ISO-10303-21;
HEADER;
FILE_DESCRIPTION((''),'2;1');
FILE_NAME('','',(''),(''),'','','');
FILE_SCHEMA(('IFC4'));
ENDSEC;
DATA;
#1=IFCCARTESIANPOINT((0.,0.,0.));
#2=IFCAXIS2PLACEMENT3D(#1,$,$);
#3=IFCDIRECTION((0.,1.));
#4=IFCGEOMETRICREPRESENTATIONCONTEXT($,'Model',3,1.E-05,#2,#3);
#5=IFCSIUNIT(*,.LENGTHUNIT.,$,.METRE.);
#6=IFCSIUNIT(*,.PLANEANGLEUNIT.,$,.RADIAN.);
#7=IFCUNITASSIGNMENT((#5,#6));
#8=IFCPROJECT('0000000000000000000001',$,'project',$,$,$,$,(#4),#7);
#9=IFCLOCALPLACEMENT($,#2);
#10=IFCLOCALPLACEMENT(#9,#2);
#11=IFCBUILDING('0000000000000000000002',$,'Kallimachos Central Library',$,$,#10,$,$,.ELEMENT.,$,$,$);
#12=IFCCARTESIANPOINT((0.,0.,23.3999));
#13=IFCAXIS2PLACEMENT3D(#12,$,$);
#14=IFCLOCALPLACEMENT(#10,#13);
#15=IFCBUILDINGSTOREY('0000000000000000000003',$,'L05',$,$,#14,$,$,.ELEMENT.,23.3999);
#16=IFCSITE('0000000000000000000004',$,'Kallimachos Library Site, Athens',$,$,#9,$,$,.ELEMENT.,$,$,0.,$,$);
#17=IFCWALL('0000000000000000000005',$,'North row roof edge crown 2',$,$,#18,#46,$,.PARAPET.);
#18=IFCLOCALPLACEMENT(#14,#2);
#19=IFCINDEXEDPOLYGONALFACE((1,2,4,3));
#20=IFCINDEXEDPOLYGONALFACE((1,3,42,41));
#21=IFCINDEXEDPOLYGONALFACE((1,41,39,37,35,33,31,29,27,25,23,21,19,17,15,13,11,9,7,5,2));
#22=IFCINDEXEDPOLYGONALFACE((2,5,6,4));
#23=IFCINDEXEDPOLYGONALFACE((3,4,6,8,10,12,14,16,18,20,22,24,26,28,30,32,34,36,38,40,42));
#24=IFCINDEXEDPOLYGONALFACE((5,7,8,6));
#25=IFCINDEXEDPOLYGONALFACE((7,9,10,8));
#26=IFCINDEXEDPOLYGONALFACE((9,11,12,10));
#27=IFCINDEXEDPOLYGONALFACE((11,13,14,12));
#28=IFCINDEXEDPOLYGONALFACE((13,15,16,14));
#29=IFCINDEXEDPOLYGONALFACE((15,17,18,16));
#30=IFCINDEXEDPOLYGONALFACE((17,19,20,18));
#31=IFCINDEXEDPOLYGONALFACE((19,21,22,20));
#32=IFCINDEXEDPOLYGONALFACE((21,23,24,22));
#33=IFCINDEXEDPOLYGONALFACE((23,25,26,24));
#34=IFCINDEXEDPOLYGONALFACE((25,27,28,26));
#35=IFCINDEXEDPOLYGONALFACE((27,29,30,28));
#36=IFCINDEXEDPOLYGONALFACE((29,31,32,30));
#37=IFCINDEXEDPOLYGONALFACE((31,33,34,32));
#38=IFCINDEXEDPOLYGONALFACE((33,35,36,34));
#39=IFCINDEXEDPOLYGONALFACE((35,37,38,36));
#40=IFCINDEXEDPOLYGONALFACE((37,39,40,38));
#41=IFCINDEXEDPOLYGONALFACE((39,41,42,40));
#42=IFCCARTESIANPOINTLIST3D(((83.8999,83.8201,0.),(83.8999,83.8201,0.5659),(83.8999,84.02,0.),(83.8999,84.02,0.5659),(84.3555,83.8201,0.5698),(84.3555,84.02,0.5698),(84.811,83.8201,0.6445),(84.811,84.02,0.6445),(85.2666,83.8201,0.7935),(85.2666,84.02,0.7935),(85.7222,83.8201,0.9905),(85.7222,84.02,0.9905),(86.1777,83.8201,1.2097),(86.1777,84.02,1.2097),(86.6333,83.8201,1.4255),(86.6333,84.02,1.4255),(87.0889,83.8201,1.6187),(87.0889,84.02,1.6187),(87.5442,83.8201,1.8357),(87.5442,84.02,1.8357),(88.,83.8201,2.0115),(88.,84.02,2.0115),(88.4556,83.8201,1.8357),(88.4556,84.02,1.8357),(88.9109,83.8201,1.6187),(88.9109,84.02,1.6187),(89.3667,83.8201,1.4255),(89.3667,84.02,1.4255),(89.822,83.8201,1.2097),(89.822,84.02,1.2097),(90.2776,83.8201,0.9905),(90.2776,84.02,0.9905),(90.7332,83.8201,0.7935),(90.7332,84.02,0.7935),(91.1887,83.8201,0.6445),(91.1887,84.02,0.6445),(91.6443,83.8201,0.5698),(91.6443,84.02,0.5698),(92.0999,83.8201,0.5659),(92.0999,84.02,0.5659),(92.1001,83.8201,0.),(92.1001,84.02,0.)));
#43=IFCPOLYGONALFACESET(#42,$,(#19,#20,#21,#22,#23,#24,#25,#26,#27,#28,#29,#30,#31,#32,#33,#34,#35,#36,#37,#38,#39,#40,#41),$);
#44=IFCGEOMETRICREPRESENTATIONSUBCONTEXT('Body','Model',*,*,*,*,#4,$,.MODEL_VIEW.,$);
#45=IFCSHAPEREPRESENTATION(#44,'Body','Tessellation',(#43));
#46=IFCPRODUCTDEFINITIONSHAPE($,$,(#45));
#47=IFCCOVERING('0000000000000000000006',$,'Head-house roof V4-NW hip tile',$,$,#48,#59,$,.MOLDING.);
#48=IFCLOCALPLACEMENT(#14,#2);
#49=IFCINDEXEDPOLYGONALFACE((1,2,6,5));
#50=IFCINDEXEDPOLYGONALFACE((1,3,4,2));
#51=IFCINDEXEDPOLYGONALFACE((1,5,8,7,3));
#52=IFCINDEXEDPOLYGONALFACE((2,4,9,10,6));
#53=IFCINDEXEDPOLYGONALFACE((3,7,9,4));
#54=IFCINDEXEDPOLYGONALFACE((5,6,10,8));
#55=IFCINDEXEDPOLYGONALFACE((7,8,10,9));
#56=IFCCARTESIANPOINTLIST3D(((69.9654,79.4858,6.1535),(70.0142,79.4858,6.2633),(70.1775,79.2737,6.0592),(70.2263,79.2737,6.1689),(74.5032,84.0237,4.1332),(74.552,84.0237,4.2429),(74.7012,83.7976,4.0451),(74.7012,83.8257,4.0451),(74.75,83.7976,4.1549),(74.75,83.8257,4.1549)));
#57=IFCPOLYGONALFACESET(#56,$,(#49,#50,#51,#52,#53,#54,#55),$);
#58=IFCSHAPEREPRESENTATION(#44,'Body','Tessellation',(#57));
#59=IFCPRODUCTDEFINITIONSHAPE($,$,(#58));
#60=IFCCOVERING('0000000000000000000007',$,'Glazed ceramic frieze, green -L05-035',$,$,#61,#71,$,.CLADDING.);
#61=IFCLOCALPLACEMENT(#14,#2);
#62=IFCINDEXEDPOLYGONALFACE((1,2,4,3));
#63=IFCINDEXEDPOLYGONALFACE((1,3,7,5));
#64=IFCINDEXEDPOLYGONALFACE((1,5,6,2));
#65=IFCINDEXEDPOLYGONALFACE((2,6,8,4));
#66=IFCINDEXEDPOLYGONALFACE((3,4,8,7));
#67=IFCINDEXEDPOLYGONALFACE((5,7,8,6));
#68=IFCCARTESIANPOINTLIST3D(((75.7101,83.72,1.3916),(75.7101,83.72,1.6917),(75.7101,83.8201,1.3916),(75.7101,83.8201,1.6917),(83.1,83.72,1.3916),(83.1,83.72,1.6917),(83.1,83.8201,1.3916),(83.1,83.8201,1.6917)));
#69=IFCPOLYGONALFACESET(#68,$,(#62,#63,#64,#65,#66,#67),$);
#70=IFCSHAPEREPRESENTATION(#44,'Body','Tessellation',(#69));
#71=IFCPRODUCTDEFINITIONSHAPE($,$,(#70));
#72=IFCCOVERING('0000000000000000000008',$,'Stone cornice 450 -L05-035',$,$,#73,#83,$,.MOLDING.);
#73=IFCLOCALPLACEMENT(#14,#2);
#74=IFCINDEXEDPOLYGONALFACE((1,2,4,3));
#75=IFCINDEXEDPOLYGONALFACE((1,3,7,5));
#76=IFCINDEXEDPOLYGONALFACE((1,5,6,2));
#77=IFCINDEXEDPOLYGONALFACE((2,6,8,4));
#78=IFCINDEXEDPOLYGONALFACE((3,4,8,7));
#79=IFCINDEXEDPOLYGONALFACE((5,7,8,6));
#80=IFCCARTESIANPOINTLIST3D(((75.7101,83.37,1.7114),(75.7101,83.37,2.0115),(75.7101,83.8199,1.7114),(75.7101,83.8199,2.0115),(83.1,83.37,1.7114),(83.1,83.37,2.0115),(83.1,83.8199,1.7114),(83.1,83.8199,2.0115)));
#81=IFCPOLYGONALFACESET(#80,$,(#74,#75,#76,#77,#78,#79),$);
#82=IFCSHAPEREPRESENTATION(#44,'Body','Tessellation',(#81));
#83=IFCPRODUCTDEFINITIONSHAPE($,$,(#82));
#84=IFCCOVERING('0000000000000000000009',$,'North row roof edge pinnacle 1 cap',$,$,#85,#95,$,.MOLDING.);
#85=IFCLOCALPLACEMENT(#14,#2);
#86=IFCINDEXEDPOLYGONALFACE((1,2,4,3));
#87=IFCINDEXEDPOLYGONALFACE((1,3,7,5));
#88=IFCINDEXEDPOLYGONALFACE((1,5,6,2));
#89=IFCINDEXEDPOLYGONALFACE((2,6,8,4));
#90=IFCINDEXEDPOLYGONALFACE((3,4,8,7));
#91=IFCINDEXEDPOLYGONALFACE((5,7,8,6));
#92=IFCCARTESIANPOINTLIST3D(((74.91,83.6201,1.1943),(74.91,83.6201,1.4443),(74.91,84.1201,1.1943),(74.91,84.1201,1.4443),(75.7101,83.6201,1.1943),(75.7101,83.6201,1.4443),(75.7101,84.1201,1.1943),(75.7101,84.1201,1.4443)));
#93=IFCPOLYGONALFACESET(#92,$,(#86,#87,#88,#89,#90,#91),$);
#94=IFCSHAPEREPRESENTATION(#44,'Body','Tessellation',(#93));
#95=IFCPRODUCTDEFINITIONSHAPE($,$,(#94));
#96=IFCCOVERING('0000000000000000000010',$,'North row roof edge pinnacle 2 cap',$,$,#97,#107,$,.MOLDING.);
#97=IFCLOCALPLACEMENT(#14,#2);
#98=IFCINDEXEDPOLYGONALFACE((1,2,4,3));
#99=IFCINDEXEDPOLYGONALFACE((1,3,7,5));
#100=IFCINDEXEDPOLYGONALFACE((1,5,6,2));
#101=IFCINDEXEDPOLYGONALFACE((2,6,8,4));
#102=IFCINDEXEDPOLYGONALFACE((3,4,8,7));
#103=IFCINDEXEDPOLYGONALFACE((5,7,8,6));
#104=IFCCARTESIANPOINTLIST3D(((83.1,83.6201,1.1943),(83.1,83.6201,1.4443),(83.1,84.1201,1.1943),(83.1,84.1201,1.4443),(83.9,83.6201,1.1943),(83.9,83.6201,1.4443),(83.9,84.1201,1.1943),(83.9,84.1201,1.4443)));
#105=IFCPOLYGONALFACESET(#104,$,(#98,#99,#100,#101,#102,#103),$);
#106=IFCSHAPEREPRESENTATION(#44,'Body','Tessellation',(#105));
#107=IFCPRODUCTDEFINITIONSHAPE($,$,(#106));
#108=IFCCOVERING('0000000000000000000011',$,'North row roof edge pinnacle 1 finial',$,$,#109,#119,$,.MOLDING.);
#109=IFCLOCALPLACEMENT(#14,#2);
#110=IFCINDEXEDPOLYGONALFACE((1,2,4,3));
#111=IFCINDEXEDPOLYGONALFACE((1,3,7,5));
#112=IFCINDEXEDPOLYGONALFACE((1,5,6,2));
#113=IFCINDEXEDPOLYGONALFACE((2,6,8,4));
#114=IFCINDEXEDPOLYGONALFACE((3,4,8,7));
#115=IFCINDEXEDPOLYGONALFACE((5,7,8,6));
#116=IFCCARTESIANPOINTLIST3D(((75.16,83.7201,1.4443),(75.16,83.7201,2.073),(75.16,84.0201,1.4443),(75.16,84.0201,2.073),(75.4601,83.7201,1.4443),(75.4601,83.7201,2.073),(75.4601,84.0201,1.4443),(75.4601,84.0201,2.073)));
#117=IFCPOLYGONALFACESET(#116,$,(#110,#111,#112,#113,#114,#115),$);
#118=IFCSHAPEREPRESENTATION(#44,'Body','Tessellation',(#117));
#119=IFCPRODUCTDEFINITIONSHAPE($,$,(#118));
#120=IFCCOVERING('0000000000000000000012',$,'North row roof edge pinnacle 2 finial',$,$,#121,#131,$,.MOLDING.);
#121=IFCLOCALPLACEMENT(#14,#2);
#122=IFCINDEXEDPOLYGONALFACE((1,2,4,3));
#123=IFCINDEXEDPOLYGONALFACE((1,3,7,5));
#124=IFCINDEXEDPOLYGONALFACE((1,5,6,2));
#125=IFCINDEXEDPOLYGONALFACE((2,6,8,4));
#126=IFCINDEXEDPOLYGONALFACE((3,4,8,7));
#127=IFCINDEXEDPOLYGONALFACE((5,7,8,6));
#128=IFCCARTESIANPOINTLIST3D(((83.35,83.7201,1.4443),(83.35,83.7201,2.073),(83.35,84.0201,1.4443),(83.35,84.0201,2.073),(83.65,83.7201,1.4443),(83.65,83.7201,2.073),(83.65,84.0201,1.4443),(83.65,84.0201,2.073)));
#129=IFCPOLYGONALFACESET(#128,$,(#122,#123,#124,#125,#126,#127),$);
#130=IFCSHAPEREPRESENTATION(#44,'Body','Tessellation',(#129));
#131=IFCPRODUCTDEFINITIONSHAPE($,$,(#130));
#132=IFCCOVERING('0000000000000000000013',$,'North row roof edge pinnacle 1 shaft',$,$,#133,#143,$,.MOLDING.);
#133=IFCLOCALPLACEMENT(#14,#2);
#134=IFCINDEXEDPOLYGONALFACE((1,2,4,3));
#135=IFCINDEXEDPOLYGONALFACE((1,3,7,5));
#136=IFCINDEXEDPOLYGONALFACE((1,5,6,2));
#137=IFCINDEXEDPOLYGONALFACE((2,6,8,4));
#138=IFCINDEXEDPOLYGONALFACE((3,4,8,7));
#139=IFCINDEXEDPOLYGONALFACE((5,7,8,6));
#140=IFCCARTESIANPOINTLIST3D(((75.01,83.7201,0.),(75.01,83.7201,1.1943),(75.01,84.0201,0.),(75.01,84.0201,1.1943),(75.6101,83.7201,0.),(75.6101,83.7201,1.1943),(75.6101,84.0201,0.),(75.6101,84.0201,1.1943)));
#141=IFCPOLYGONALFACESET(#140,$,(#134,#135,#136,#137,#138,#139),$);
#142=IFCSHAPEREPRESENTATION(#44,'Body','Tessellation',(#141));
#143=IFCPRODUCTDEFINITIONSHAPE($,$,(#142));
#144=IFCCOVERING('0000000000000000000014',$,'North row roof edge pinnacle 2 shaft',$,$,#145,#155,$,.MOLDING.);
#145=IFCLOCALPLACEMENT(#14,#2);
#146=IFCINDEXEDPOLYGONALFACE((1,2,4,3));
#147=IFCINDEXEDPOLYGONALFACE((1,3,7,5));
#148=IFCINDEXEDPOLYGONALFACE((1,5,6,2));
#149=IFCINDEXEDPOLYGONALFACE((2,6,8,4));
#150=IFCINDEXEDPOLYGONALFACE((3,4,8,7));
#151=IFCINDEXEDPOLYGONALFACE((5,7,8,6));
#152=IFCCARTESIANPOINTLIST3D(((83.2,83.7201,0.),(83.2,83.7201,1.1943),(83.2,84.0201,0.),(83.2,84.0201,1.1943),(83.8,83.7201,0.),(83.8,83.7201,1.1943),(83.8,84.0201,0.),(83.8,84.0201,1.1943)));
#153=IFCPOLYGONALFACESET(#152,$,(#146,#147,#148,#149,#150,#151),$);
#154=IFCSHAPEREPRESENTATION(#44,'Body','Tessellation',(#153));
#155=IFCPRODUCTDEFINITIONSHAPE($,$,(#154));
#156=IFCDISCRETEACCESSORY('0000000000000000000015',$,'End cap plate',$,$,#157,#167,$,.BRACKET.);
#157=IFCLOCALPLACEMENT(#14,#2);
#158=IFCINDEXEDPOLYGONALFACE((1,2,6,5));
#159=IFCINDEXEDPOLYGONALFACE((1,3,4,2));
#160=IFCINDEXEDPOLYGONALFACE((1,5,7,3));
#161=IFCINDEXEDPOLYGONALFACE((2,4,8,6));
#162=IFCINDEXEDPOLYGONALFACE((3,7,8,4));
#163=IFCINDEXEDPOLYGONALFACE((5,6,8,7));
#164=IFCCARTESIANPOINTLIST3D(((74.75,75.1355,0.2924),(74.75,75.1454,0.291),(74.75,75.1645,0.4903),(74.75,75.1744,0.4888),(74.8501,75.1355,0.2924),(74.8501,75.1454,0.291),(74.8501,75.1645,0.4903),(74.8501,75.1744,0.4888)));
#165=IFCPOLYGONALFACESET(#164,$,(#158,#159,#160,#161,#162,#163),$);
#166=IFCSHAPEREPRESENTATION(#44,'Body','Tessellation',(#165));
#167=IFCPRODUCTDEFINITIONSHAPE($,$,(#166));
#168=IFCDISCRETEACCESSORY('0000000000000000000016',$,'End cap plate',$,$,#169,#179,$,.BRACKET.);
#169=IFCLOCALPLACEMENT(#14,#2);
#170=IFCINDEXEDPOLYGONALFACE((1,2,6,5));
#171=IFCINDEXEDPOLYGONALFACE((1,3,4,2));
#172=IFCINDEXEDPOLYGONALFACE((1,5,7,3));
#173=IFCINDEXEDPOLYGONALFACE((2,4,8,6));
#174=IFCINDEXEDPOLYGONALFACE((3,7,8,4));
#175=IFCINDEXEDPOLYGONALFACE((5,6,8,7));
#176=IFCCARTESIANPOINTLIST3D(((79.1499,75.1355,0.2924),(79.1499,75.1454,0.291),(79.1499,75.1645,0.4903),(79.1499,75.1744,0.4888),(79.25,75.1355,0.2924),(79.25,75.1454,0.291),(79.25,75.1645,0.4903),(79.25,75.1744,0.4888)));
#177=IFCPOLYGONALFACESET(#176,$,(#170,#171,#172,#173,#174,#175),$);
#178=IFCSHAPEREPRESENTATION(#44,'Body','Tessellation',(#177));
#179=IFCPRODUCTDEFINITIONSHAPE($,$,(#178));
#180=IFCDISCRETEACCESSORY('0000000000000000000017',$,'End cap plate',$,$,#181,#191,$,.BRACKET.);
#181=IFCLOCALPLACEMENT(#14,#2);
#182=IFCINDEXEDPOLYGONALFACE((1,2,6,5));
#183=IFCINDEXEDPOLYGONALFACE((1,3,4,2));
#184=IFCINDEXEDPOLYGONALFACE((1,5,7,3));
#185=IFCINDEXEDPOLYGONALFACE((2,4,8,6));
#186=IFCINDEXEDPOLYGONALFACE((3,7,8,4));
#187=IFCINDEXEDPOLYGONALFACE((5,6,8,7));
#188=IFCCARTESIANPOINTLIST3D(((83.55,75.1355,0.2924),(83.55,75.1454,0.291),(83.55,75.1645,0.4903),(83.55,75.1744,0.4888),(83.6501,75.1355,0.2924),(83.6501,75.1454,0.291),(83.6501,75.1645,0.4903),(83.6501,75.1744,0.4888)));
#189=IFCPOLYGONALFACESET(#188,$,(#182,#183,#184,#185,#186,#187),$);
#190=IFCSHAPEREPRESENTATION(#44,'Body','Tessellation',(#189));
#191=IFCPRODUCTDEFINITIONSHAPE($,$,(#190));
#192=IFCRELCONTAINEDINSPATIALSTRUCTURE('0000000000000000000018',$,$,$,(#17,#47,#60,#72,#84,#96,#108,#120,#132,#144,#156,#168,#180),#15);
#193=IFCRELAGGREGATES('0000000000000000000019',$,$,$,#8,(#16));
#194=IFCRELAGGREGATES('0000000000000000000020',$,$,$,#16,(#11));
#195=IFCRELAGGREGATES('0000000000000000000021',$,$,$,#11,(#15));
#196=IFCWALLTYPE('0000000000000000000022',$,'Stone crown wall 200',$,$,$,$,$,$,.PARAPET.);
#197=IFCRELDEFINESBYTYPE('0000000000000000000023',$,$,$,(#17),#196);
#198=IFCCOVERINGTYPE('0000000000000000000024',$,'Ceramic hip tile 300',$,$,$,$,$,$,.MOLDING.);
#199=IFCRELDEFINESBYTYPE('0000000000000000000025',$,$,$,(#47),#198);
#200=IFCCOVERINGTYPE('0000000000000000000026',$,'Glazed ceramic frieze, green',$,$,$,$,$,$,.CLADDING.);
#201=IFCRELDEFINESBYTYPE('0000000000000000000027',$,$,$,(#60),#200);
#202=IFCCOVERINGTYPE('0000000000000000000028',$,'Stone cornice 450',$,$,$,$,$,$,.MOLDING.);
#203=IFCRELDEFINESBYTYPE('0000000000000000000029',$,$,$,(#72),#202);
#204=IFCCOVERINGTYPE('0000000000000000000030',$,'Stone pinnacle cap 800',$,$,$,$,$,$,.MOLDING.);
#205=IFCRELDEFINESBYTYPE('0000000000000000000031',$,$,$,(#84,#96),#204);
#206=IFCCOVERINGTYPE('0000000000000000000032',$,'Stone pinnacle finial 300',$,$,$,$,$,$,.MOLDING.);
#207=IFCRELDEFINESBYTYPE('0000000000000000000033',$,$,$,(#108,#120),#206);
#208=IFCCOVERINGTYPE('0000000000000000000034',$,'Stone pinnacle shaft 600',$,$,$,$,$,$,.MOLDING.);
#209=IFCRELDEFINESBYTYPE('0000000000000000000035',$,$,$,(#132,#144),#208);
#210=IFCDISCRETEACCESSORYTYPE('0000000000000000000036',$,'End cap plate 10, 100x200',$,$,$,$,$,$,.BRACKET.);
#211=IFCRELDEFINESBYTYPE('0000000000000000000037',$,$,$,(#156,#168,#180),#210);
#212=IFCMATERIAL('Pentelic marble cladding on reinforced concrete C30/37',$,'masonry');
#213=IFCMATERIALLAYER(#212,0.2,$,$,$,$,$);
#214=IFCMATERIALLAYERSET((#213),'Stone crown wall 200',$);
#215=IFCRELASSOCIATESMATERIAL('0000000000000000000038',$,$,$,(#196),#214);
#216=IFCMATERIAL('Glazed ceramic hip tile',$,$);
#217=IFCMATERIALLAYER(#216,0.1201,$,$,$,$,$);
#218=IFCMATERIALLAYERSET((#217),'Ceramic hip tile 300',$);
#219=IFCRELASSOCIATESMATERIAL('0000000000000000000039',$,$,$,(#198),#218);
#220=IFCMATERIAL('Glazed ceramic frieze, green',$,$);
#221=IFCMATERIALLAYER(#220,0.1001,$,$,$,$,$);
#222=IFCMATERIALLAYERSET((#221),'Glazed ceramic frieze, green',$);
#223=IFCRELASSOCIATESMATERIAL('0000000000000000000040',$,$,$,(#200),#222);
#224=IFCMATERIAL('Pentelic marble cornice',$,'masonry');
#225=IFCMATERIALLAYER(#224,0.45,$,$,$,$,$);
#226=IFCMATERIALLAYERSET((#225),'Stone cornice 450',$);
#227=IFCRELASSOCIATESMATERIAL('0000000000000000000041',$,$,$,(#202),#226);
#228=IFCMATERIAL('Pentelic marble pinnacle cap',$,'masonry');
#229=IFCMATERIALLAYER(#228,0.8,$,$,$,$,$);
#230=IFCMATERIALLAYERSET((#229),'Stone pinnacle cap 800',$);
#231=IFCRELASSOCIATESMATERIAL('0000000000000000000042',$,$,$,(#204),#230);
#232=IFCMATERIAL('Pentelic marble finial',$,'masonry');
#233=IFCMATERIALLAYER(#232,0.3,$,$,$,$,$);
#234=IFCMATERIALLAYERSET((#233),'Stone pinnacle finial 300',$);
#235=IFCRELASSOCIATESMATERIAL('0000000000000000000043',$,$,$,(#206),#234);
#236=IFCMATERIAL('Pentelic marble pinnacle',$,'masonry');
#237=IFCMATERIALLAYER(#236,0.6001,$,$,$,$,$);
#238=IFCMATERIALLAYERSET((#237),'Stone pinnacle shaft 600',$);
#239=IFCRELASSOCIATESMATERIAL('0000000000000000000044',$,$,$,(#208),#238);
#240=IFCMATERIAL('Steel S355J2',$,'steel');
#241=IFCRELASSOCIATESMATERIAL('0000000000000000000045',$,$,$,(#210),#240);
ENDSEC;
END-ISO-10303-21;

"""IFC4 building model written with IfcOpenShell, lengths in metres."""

from ifc_helpers import new_model, si_unit, direction, frame, origin, origin_2d, place, context, subcontext, project, spatial, polyline, rectangle, outline, extrude, material, layer, layer_set, material_profile, profile_set, type_object, element, save


model = new_model("IFC4")

# Units and contexts
model_context = context("Model", 3, precision=1e-05, world=origin(), true_north=direction((0.0, 1.0)))
body_context = subcontext(model_context, "Body", "Model", "MODEL_VIEW")
ifc_project = project(units=[si_unit("LENGTHUNIT", "METRE"), si_unit("PLANEANGLEUNIT", "RADIAN")], contexts=[model_context])

# Site, building, storey
site_placement = place(None, origin())
site = spatial("IfcSite", under=ifc_project, at=site_placement, Name="Kallimachos Library Site, Athens", CompositionType="ELEMENT", RefElevation=0.0)
building_placement = place(site_placement, origin())
building = spatial("IfcBuilding", under=site, at=building_placement, Name="Kallimachos Central Library", CompositionType="ELEMENT")
storey_placement = place(building_placement, frame((0.0, 0.0, 23.3999)))
storey = spatial("IfcBuildingStorey", under=building, at=storey_placement, Name="L05", CompositionType="ELEMENT", Elevation=23.3999)

# Wall
ifc_material_1 = material(Name="Pentelic marble cladding on reinforced concrete C30/37", Category="masonry")
ifc_layer_1 = layer(ifc_material_1, 0.2)
ifc_layer_set_1 = layer_set([ifc_layer_1], Name="Stone crown wall 200")
wall_type_1 = type_object("IfcWallType", Name="Stone crown wall 200", PredefinedType="PARAPET", material=ifc_layer_set_1)
wall_1_placement = place(storey_placement, frame((83.8999, 83.9199, 0.0), z_axis=(0.0, 0.0, 1.0), x_axis=(1.0, 0.0, 0.0)))
element("IfcWall", 1, at=wall_1_placement, inside=storey, type_object=wall_type_1, Name="North row roof edge crown 2", PredefinedType="PARAPET", context=body_context, shape_type="SweptSolid", body=[
    extrude(outline(polyline([(0.0, 0.0), (8.2002, 0.0), (8.2, 0.5659), (7.7444, 0.5698), (7.2888, 0.6445), (6.8333, 0.7935), (6.3777, 0.9905), (5.9221, 1.2097), (5.4668, 1.4255), (5.011, 1.6187), (4.5557, 1.8357), (4.1001, 2.0115), (3.6443, 1.8357), (3.189, 1.6187), (2.7334, 1.4255), (2.2778, 1.2097), (1.8223, 0.9905), (1.3667, 0.7935), (0.9111, 0.6445), (0.4556, 0.5698), (0.0, 0.5659), (0.0, 0.0)])), frame((0.0, 0.1001, 0.0), z_axis=(0.0, -1.0, 0.0), x_axis=(1.0, 0.0, 0.0)), (0.0, 0.0, 1.0), 0.2),
])

# Coverings
ifc_material_2 = material(Name="Glazed ceramic hip tile")
ifc_layer_2 = layer(ifc_material_2, 0.1201)
ifc_layer_set_2 = layer_set([ifc_layer_2], Name="Ceramic hip tile 300")
covering_type_1 = type_object("IfcCoveringType", Name="Ceramic hip tile 300", PredefinedType="MOLDING", material=ifc_layer_set_2)
covering_1_placement = place(storey_placement, frame((74.552, 84.0237, 4.2429), z_axis=(0.40652, 0.000257, 0.913642), x_axis=(0.674602, -0.674485, -0.29997)))
element("IfcCovering", 2, at=covering_1_placement, inside=storey, type_object=covering_type_1, Name="Head-house roof V4-NW hip tile", PredefinedType="MOLDING", context=body_context, shape_type="SweptSolid", body=[
    extrude(outline(polyline([(0.0, 0.0), (0.2936, 0.0), (0.3125, -0.0207), (-0.2921, -6.7006), (-0.6066, -6.7006), (0.0, 0.0)])), origin(), (0.0, 0.0, -1.0), 0.1201),
])
ifc_material_3 = material(Name="Glazed ceramic frieze, green")
ifc_layer_3 = layer(ifc_material_3, 0.1001)
ifc_layer_set_3 = layer_set([ifc_layer_3], Name="Glazed ceramic frieze, green")
covering_type_2 = type_object("IfcCoveringType", Name="Glazed ceramic frieze, green", PredefinedType="CLADDING", material=ifc_layer_set_3)
covering_2_placement = place(storey_placement, frame((79.405, 83.77, 1.3916), z_axis=(0.0, 0.0, 1.0), x_axis=(1.0, 0.0, 0.0)))
element("IfcCovering", 3, at=covering_2_placement, inside=storey, type_object=covering_type_2, Name="Glazed ceramic frieze, green -L05-035", PredefinedType="CLADDING", context=body_context, shape_type="SweptSolid", body=[
    extrude(rectangle(XDim=7.3899, YDim=0.1001, at=origin_2d()), origin(), (0.0, 0.0, 1.0), 0.3),
])

# Coverings
ifc_material_4 = material(Name="Pentelic marble cornice", Category="masonry")
ifc_layer_4 = layer(ifc_material_4, 0.45)
ifc_layer_set_4 = layer_set([ifc_layer_4], Name="Stone cornice 450")
covering_type_3 = type_object("IfcCoveringType", Name="Stone cornice 450", PredefinedType="MOLDING", material=ifc_layer_set_4)
covering_3_placement = place(storey_placement, frame((79.405, 83.595, 1.7114), z_axis=(0.0, 0.0, 1.0), x_axis=(1.0, 0.0, 0.0)))
element("IfcCovering", 4, at=covering_3_placement, inside=storey, type_object=covering_type_3, Name="Stone cornice 450 -L05-035", PredefinedType="MOLDING", context=body_context, shape_type="SweptSolid", body=[
    extrude(rectangle(XDim=7.3899, YDim=0.45, at=origin_2d()), origin(), (0.0, 0.0, 1.0), 0.3),
])
ifc_material_5 = material(Name="Pentelic marble pinnacle cap", Category="masonry")
ifc_layer_5 = layer(ifc_material_5, 0.8)
ifc_layer_set_5 = layer_set([ifc_layer_5], Name="Stone pinnacle cap 800")
covering_type_4 = type_object("IfcCoveringType", Name="Stone pinnacle cap 800", PredefinedType="MOLDING", material=ifc_layer_set_5)
for number, where, z_axis, x_axis, name in (
    (5, (75.3101, 83.8701, 1.1943), (0.0, 0.0, 1.0), (1.0, 0.0, 0.0), "North row roof edge pinnacle 1 cap"),
    (6, (83.5, 83.8701, 1.1943), (0.0, 0.0, 1.0), (1.0, 0.0, 0.0), "North row roof edge pinnacle 2 cap"),
):
    element("IfcCovering", number, at=place(storey_placement, frame(where, z_axis=z_axis, x_axis=x_axis)), inside=storey, type_object=covering_type_4, Name=name, PredefinedType="MOLDING", context=body_context, shape_type="SweptSolid", body=[
        extrude(rectangle(XDim=0.8, YDim=0.5, at=origin_2d()), origin(), (0.0, 0.0, 1.0), 0.25),
    ])
ifc_material_6 = material(Name="Pentelic marble finial", Category="masonry")
ifc_layer_6 = layer(ifc_material_6, 0.3)
ifc_layer_set_6 = layer_set([ifc_layer_6], Name="Stone pinnacle finial 300")
covering_type_5 = type_object("IfcCoveringType", Name="Stone pinnacle finial 300", PredefinedType="MOLDING", material=ifc_layer_set_6)
for number, where, z_axis, x_axis, name in (
    (7, (75.3101, 83.8701, 1.4443), (0.0, 0.0, 1.0), (1.0, 0.0, 0.0), "North row roof edge pinnacle 1 finial"),
    (8, (83.5, 83.8701, 1.4443), (0.0, 0.0, 1.0), (1.0, 0.0, 0.0), "North row roof edge pinnacle 2 finial"),
):
    element("IfcCovering", number, at=place(storey_placement, frame(where, z_axis=z_axis, x_axis=x_axis)), inside=storey, type_object=covering_type_5, Name=name, PredefinedType="MOLDING", context=body_context, shape_type="SweptSolid", body=[
        extrude(rectangle(XDim=0.3, YDim=0.3, at=origin_2d()), origin(), (0.0, 0.0, 1.0), 0.6287),
    ])
ifc_material_7 = material(Name="Pentelic marble pinnacle", Category="masonry")
ifc_layer_7 = layer(ifc_material_7, 0.6001)
ifc_layer_set_7 = layer_set([ifc_layer_7], Name="Stone pinnacle shaft 600")
covering_type_6 = type_object("IfcCoveringType", Name="Stone pinnacle shaft 600", PredefinedType="MOLDING", material=ifc_layer_set_7)
for number, where, z_axis, x_axis, name in (
    (9, (75.3101, 83.8701, 0.0), (0.0, 0.0, 1.0), (1.0, 0.0, 0.0), "North row roof edge pinnacle 1 shaft"),
    (10, (83.5, 83.8701, 0.0), (0.0, 0.0, 1.0), (1.0, 0.0, 0.0), "North row roof edge pinnacle 2 shaft"),
):
    element("IfcCovering", number, at=place(storey_placement, frame(where, z_axis=z_axis, x_axis=x_axis)), inside=storey, type_object=covering_type_6, Name=name, PredefinedType="MOLDING", context=body_context, shape_type="SweptSolid", body=[
        extrude(rectangle(XDim=0.6001, YDim=0.3, at=origin_2d()), origin(), (0.0, 0.0, 1.0), 1.1943),
    ])

# Discrete accessories
ifc_material_8 = material(Name="Steel S355J2", Category="steel")
ifc_material_profile_1 = material_profile(ifc_material_8, rectangle(XDim=0.1001, YDim=0.2, at=origin_2d()), Name="End cap plate 10, 100x200")
ifc_profile_set_1 = profile_set([ifc_material_profile_1], Name="Steel S355J2")
discrete_accessory_type_1 = type_object("IfcDiscreteAccessoryType", Name="End cap plate 10, 100x200", PredefinedType="BRACKET", material=ifc_profile_set_1)
for number, where, z_axis, x_axis, name in (
    (11, (74.8, 75.1599, 0.3899), (0.0, -0.989461, 0.144799), (1.0, 0.0, 0.0), "End cap plate"),
    (12, (79.2, 75.1599, 0.3899), (0.0, -0.989461, 0.144799), (1.0, 0.0, 0.0), "End cap plate"),
    (13, (83.6001, 75.1599, 0.3899), (0.0, -0.989461, 0.144799), (1.0, 0.0, 0.0), "End cap plate"),
):
    element("IfcDiscreteAccessory", number, at=place(storey_placement, frame(where, z_axis=z_axis, x_axis=x_axis)), inside=storey, type_object=discrete_accessory_type_1, Name=name, PredefinedType="BRACKET", context=body_context, shape_type="SweptSolid", body=[
        extrude(rectangle(XDim=0.1001, YDim=0.2, at=origin_2d()), origin(), (0.0, 0.0, 1.0), 0.01),
    ])

save(model, "model.ifc")
